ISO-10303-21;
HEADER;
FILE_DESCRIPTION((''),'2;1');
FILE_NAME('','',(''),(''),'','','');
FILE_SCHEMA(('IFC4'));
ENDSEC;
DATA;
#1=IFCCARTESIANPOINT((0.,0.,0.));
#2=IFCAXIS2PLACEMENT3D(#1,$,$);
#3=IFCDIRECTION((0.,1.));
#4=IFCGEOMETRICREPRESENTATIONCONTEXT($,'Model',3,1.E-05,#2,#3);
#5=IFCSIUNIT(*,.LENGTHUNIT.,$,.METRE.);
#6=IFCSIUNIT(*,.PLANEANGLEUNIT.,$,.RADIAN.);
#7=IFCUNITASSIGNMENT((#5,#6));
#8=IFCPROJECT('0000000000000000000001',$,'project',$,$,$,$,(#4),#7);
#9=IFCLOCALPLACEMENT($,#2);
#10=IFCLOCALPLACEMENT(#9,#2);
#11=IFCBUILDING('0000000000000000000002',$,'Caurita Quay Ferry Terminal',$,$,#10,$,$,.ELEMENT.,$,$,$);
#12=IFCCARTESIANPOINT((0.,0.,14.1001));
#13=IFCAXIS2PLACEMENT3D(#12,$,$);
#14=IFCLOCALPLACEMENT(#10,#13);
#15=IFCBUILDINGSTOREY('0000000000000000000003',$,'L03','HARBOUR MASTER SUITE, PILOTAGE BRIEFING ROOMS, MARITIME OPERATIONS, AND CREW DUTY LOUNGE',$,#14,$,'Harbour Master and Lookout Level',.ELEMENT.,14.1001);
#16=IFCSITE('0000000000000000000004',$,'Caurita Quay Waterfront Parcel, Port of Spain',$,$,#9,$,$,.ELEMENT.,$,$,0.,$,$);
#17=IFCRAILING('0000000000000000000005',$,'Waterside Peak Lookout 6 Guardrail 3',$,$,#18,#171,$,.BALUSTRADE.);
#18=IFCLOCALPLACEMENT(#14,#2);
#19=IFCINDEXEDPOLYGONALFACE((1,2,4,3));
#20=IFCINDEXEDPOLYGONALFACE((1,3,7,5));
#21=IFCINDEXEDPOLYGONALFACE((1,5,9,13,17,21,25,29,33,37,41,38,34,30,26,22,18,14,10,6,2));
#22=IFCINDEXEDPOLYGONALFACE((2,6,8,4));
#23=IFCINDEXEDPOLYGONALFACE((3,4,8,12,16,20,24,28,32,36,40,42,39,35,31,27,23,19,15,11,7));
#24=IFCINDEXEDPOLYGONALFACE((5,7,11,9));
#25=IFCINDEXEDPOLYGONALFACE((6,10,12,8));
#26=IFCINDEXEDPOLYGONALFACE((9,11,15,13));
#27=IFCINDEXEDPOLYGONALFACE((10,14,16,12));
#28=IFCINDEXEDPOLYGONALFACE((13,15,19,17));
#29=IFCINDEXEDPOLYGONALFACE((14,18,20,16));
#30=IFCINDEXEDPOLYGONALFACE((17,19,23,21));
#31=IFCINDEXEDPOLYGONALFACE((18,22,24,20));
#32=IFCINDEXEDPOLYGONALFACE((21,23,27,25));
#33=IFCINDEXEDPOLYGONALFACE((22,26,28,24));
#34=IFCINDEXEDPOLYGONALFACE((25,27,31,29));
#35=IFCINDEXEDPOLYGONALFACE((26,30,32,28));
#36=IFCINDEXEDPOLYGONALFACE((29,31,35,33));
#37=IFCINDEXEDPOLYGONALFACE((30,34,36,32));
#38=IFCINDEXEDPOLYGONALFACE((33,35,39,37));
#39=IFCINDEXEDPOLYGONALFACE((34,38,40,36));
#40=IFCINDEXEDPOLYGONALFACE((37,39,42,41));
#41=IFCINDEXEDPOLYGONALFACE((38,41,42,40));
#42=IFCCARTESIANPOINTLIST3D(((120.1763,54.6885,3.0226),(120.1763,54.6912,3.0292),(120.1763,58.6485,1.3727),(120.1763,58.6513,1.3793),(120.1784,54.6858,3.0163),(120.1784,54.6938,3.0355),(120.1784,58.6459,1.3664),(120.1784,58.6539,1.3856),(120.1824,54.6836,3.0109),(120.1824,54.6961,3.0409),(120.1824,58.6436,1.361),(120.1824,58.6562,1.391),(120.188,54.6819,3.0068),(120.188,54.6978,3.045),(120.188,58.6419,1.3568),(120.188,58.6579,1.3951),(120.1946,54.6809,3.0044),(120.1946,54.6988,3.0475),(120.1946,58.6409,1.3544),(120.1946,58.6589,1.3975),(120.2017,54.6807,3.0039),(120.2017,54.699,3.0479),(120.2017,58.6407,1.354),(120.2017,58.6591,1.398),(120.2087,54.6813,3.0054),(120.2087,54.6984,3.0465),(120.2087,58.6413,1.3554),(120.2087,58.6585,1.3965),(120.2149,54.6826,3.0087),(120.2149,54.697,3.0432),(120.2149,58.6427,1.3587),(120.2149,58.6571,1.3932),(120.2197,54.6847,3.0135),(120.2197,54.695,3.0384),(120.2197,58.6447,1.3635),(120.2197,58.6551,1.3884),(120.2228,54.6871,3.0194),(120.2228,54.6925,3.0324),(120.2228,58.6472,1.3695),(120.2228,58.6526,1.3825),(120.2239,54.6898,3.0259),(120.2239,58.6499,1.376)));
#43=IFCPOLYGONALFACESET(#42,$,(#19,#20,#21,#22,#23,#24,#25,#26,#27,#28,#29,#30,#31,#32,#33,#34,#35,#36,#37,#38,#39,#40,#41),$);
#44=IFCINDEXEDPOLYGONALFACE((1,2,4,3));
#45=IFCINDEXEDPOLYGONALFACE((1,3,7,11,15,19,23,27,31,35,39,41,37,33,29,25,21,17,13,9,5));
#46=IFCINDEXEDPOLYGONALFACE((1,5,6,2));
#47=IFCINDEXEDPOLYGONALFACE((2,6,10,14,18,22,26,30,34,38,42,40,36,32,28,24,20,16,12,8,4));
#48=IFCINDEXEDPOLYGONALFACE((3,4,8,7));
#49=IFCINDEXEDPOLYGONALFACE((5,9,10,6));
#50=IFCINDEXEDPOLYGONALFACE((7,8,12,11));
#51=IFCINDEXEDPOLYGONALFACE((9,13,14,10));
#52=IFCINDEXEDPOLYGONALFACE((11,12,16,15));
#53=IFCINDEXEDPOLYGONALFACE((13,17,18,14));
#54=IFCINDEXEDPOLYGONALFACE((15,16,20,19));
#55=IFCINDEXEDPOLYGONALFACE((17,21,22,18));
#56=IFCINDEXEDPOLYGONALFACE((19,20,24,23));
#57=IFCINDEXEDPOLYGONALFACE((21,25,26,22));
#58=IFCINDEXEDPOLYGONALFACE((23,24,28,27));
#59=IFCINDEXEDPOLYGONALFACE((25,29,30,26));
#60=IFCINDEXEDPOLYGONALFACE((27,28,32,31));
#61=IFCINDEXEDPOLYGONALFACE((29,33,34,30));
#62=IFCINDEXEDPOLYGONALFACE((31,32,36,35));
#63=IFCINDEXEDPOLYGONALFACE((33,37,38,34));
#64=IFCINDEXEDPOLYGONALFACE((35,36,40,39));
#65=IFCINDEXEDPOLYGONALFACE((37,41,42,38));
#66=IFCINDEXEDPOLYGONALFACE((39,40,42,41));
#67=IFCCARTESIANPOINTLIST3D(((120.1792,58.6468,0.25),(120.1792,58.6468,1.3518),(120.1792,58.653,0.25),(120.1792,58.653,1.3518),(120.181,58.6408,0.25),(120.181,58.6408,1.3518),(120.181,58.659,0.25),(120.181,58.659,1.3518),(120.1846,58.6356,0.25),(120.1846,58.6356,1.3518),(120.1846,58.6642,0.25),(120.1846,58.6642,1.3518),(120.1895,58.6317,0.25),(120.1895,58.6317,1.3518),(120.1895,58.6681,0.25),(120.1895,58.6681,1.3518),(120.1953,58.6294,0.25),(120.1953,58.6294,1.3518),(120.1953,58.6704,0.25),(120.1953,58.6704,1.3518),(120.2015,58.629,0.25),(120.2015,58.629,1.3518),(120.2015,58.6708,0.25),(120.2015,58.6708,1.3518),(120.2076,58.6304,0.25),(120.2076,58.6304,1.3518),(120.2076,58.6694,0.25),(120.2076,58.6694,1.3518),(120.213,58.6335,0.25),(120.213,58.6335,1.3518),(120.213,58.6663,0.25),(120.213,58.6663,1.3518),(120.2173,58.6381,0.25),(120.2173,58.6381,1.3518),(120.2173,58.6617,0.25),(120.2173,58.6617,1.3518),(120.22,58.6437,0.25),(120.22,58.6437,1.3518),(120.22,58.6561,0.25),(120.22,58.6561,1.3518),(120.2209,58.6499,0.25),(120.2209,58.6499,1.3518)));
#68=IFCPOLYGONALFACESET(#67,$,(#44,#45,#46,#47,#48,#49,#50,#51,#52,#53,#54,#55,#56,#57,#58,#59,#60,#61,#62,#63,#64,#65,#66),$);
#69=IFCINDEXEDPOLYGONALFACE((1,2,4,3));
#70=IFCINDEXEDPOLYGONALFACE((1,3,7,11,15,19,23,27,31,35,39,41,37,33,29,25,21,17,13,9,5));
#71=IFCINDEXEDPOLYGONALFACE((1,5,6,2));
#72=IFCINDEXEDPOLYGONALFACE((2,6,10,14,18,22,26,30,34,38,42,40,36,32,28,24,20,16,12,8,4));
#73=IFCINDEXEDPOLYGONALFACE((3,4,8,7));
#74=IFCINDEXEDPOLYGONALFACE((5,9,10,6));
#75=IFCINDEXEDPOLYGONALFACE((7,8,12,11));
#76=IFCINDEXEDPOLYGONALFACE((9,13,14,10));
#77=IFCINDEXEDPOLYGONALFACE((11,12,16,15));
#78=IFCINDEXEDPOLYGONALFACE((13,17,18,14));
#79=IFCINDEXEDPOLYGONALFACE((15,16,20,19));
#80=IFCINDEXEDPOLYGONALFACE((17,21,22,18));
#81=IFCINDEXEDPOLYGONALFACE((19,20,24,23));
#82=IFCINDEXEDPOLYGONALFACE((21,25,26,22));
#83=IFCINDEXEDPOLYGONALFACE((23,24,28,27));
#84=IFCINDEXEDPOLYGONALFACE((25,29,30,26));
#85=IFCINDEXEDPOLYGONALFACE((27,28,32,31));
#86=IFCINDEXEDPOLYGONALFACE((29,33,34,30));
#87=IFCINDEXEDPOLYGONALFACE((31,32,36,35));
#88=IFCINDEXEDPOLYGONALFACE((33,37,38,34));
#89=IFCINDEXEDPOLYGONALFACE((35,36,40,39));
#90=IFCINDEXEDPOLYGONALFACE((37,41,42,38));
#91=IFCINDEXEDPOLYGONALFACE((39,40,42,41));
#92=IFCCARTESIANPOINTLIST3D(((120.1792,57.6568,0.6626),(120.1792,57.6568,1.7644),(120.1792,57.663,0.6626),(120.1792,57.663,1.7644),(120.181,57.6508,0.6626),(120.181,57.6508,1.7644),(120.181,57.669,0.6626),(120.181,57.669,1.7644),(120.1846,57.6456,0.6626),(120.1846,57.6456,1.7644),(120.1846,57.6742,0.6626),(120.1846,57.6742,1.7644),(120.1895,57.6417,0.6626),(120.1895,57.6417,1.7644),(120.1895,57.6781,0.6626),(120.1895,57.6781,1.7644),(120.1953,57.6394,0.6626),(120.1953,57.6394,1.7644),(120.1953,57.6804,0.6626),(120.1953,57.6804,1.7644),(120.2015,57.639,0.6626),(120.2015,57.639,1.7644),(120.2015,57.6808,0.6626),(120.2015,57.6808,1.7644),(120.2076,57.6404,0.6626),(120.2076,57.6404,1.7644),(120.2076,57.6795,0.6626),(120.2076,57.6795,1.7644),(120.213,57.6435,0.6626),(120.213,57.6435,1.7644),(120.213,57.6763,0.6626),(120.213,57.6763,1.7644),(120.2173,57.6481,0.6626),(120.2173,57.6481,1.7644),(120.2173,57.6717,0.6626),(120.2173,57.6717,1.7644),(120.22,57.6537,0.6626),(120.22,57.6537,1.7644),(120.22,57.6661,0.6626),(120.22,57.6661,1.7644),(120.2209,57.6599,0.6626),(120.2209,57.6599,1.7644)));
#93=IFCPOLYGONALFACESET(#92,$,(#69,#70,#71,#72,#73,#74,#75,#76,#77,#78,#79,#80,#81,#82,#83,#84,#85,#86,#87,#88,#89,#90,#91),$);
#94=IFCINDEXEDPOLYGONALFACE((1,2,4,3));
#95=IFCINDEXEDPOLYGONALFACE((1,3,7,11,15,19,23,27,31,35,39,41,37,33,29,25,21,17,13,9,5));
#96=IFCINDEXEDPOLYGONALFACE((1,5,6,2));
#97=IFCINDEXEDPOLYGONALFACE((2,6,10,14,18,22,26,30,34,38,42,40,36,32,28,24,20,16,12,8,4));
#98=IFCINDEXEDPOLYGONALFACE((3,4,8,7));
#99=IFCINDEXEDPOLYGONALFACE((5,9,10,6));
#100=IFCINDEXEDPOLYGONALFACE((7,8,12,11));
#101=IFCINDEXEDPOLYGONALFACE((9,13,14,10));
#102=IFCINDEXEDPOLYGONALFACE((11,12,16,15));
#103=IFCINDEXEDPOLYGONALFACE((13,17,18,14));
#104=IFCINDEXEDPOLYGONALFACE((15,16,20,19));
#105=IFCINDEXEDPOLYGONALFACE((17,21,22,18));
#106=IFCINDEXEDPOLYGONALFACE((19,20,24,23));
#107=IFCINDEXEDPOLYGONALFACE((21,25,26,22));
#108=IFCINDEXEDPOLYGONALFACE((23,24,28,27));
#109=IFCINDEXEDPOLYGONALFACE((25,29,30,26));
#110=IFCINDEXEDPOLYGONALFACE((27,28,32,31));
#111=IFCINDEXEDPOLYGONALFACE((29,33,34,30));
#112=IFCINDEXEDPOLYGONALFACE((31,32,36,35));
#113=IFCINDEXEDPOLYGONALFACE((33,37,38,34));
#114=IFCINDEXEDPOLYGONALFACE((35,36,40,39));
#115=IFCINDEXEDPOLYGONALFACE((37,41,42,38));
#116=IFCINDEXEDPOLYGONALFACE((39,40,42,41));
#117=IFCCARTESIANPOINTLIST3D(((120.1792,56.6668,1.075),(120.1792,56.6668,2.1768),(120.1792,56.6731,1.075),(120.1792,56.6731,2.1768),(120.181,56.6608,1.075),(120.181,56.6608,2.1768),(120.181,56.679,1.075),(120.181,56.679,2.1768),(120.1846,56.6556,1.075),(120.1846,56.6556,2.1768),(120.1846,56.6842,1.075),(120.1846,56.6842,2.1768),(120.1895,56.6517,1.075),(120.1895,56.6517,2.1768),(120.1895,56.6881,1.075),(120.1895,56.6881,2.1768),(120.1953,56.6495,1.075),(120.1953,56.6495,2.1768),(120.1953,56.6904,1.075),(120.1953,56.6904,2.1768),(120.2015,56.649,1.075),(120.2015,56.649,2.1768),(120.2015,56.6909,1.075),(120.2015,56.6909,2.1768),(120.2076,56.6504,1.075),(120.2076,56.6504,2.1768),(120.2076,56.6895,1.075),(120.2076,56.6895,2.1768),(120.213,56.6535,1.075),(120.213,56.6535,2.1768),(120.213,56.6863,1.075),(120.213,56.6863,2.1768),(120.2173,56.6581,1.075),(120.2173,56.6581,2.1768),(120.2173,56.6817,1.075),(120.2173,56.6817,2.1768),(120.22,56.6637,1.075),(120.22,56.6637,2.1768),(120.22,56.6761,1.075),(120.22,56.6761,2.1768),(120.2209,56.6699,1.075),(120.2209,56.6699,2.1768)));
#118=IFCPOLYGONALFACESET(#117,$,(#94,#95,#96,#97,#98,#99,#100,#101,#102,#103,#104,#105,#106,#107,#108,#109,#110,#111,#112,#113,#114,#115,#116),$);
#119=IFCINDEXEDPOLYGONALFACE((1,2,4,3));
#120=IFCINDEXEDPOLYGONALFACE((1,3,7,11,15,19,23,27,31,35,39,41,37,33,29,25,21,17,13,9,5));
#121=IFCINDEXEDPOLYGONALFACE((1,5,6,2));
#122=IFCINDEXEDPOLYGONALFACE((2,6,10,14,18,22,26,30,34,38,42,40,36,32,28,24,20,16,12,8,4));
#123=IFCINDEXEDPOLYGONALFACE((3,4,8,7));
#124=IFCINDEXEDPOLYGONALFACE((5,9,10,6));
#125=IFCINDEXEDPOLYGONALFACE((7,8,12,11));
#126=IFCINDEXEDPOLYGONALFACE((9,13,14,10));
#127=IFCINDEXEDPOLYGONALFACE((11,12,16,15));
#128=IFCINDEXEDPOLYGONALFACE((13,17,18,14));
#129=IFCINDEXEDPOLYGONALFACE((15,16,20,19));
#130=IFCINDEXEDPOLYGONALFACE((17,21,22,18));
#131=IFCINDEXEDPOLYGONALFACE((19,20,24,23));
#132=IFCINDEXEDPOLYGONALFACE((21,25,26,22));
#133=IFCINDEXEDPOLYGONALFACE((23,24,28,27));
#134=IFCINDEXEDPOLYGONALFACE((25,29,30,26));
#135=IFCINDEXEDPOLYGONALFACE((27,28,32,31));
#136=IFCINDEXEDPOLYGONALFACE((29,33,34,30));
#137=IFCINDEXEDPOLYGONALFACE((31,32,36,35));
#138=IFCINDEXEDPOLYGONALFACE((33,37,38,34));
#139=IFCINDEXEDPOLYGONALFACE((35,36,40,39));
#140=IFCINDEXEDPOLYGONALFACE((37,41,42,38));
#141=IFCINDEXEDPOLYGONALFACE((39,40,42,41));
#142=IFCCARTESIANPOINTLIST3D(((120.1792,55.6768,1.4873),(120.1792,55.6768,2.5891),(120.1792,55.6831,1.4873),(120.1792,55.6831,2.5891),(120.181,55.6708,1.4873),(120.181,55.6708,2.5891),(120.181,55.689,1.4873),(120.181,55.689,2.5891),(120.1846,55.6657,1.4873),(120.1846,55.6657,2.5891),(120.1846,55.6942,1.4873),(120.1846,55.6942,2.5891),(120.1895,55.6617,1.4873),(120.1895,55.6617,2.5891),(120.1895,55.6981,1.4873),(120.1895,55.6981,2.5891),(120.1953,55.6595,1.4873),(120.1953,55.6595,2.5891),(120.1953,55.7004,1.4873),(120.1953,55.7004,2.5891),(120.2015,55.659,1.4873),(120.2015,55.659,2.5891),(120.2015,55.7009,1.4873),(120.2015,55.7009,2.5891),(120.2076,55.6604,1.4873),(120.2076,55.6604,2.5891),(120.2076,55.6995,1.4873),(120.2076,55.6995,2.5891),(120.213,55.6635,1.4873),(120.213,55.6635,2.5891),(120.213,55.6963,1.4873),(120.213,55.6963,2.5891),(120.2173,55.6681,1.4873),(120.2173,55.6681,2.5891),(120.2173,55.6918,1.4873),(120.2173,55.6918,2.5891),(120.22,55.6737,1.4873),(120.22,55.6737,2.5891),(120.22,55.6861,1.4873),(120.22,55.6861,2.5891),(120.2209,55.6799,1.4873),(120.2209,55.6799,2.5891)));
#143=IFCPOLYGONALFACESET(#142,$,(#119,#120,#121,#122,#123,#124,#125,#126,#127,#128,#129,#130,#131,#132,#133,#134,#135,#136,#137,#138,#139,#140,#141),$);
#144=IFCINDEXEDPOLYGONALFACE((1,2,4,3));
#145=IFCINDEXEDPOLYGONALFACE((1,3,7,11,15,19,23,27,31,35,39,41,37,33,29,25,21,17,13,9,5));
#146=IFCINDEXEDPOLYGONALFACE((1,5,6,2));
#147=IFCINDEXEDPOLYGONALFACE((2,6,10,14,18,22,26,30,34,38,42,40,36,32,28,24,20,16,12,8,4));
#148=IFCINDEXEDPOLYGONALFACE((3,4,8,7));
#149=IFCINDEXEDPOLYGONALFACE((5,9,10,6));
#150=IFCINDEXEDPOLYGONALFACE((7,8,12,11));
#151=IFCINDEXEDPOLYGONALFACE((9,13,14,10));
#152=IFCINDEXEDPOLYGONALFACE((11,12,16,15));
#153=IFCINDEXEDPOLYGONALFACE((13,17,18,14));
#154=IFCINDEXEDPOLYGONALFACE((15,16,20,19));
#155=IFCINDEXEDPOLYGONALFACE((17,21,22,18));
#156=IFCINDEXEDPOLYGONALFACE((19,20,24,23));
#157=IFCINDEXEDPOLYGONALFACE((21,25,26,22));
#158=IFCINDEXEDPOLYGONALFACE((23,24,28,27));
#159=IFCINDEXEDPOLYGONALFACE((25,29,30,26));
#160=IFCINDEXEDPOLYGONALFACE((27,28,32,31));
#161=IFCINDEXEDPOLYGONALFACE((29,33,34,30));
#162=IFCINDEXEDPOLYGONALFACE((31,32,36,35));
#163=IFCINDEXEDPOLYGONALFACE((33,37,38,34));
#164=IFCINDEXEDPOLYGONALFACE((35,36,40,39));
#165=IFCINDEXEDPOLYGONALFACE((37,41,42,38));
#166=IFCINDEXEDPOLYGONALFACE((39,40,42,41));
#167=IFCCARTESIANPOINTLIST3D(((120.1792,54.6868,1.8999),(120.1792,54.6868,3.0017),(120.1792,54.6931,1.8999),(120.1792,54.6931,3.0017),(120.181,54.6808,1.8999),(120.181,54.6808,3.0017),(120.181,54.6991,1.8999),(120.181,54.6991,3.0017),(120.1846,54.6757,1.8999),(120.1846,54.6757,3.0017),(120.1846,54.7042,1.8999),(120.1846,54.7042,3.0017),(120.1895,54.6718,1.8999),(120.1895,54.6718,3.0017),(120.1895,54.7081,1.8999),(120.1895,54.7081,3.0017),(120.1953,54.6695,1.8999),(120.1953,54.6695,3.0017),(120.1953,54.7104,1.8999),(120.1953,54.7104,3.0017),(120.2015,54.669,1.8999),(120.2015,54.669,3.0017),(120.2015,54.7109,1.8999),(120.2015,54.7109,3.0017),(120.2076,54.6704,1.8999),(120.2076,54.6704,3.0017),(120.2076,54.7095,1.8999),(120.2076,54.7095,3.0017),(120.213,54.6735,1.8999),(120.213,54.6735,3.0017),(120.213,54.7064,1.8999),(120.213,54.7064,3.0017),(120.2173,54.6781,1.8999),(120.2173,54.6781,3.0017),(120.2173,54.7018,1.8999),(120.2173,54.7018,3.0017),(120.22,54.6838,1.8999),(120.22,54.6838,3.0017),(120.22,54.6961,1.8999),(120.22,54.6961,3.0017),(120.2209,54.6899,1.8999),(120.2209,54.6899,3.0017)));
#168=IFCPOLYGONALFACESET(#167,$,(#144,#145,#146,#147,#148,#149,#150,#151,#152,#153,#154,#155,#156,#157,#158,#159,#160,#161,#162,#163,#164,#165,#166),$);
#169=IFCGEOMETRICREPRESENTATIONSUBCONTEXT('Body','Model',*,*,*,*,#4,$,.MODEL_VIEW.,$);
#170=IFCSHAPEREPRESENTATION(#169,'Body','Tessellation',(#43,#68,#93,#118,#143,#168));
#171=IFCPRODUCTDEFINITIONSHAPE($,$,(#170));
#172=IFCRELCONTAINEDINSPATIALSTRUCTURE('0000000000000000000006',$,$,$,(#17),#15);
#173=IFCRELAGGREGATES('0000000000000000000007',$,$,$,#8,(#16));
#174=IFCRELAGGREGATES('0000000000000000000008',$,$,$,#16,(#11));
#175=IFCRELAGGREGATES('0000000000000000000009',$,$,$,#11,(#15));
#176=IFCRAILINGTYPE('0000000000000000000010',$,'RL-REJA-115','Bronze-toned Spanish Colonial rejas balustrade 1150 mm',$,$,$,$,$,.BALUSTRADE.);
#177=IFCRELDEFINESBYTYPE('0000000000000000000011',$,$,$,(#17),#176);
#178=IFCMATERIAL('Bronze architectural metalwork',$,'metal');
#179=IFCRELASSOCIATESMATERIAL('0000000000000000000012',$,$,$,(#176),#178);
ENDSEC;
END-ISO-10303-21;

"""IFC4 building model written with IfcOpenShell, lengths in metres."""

from ifc_helpers import new_model, si_unit, direction, frame, origin, origin_2d, place, context, subcontext, project, spatial, circle, extrude, material, type_object, element, save


model = new_model("IFC4")

# Units and contexts
model_context = context("Model", 3, precision=1e-05, world=origin(), true_north=direction((0.0, 1.0)))
body_context = subcontext(model_context, "Body", "Model", "MODEL_VIEW")
ifc_project = project(units=[si_unit("LENGTHUNIT", "METRE"), si_unit("PLANEANGLEUNIT", "RADIAN")], contexts=[model_context])

# Site, building, storey
site_placement = place(None, origin())
site = spatial("IfcSite", under=ifc_project, at=site_placement, Name="Caurita Quay Waterfront Parcel, Port of Spain", CompositionType="ELEMENT", RefElevation=0.0)
building_placement = place(site_placement, origin())
building = spatial("IfcBuilding", under=site, at=building_placement, Name="Caurita Quay Ferry Terminal", CompositionType="ELEMENT")
storey_placement = place(building_placement, frame((0.0, 0.0, 14.1001)))
storey = spatial("IfcBuildingStorey", under=building, at=storey_placement, Name="L03", Description="HARBOUR MASTER SUITE, PILOTAGE BRIEFING ROOMS, MARITIME OPERATIONS, AND CREW DUTY LOUNGE", LongName="Harbour Master and Lookout Level", CompositionType="ELEMENT", Elevation=14.1001)

# Railing
ifc_material_1 = material(Name="Bronze architectural metalwork", Category="metal")
railing_type_1 = type_object("IfcRailingType", Name="RL-REJA-115", Description="Bronze-toned Spanish Colonial rejas balustrade 1150 mm", PredefinedType="BALUSTRADE", material=ifc_material_1)
for number, where, name in (
    (1, (120.2, 58.6499, 0.25), "Waterside Peak Lookout 6 Guardrail 3"),
):
    element("IfcRailing", number, at=place(storey_placement, frame(where)), inside=storey, type_object=railing_type_1, Name=name, PredefinedType="BALUSTRADE", context=body_context, shape_type="SweptSolid", body=[
        extrude(circle(Radius=0.0239, at=origin_2d()), frame((0.0, 0.0, 1.126), z_axis=(0.0, -0.923084, 0.384599), x_axis=(1.0, 0.0, 0.0)), (0.0, 0.0, 1.0), 4.29),
        extrude(circle(Radius=0.021, at=origin_2d()), origin(), (0.0, 0.0, 1.0), 1.1018),
        extrude(circle(Radius=0.021, at=origin_2d()), frame((0.0, -0.99, 0.4126)), (0.0, 0.0, 1.0), 1.1018),
        extrude(circle(Radius=0.021, at=origin_2d()), frame((0.0, -1.98, 0.825)), (0.0, 0.0, 1.0), 1.1018),
        extrude(circle(Radius=0.021, at=origin_2d()), frame((0.0, -2.97, 1.2373)), (0.0, 0.0, 1.0), 1.1018),
        extrude(circle(Radius=0.021, at=origin_2d()), frame((0.0, -3.96, 1.6499)), (0.0, 0.0, 1.0), 1.1018),
    ])

save(model, "model.ifc")
